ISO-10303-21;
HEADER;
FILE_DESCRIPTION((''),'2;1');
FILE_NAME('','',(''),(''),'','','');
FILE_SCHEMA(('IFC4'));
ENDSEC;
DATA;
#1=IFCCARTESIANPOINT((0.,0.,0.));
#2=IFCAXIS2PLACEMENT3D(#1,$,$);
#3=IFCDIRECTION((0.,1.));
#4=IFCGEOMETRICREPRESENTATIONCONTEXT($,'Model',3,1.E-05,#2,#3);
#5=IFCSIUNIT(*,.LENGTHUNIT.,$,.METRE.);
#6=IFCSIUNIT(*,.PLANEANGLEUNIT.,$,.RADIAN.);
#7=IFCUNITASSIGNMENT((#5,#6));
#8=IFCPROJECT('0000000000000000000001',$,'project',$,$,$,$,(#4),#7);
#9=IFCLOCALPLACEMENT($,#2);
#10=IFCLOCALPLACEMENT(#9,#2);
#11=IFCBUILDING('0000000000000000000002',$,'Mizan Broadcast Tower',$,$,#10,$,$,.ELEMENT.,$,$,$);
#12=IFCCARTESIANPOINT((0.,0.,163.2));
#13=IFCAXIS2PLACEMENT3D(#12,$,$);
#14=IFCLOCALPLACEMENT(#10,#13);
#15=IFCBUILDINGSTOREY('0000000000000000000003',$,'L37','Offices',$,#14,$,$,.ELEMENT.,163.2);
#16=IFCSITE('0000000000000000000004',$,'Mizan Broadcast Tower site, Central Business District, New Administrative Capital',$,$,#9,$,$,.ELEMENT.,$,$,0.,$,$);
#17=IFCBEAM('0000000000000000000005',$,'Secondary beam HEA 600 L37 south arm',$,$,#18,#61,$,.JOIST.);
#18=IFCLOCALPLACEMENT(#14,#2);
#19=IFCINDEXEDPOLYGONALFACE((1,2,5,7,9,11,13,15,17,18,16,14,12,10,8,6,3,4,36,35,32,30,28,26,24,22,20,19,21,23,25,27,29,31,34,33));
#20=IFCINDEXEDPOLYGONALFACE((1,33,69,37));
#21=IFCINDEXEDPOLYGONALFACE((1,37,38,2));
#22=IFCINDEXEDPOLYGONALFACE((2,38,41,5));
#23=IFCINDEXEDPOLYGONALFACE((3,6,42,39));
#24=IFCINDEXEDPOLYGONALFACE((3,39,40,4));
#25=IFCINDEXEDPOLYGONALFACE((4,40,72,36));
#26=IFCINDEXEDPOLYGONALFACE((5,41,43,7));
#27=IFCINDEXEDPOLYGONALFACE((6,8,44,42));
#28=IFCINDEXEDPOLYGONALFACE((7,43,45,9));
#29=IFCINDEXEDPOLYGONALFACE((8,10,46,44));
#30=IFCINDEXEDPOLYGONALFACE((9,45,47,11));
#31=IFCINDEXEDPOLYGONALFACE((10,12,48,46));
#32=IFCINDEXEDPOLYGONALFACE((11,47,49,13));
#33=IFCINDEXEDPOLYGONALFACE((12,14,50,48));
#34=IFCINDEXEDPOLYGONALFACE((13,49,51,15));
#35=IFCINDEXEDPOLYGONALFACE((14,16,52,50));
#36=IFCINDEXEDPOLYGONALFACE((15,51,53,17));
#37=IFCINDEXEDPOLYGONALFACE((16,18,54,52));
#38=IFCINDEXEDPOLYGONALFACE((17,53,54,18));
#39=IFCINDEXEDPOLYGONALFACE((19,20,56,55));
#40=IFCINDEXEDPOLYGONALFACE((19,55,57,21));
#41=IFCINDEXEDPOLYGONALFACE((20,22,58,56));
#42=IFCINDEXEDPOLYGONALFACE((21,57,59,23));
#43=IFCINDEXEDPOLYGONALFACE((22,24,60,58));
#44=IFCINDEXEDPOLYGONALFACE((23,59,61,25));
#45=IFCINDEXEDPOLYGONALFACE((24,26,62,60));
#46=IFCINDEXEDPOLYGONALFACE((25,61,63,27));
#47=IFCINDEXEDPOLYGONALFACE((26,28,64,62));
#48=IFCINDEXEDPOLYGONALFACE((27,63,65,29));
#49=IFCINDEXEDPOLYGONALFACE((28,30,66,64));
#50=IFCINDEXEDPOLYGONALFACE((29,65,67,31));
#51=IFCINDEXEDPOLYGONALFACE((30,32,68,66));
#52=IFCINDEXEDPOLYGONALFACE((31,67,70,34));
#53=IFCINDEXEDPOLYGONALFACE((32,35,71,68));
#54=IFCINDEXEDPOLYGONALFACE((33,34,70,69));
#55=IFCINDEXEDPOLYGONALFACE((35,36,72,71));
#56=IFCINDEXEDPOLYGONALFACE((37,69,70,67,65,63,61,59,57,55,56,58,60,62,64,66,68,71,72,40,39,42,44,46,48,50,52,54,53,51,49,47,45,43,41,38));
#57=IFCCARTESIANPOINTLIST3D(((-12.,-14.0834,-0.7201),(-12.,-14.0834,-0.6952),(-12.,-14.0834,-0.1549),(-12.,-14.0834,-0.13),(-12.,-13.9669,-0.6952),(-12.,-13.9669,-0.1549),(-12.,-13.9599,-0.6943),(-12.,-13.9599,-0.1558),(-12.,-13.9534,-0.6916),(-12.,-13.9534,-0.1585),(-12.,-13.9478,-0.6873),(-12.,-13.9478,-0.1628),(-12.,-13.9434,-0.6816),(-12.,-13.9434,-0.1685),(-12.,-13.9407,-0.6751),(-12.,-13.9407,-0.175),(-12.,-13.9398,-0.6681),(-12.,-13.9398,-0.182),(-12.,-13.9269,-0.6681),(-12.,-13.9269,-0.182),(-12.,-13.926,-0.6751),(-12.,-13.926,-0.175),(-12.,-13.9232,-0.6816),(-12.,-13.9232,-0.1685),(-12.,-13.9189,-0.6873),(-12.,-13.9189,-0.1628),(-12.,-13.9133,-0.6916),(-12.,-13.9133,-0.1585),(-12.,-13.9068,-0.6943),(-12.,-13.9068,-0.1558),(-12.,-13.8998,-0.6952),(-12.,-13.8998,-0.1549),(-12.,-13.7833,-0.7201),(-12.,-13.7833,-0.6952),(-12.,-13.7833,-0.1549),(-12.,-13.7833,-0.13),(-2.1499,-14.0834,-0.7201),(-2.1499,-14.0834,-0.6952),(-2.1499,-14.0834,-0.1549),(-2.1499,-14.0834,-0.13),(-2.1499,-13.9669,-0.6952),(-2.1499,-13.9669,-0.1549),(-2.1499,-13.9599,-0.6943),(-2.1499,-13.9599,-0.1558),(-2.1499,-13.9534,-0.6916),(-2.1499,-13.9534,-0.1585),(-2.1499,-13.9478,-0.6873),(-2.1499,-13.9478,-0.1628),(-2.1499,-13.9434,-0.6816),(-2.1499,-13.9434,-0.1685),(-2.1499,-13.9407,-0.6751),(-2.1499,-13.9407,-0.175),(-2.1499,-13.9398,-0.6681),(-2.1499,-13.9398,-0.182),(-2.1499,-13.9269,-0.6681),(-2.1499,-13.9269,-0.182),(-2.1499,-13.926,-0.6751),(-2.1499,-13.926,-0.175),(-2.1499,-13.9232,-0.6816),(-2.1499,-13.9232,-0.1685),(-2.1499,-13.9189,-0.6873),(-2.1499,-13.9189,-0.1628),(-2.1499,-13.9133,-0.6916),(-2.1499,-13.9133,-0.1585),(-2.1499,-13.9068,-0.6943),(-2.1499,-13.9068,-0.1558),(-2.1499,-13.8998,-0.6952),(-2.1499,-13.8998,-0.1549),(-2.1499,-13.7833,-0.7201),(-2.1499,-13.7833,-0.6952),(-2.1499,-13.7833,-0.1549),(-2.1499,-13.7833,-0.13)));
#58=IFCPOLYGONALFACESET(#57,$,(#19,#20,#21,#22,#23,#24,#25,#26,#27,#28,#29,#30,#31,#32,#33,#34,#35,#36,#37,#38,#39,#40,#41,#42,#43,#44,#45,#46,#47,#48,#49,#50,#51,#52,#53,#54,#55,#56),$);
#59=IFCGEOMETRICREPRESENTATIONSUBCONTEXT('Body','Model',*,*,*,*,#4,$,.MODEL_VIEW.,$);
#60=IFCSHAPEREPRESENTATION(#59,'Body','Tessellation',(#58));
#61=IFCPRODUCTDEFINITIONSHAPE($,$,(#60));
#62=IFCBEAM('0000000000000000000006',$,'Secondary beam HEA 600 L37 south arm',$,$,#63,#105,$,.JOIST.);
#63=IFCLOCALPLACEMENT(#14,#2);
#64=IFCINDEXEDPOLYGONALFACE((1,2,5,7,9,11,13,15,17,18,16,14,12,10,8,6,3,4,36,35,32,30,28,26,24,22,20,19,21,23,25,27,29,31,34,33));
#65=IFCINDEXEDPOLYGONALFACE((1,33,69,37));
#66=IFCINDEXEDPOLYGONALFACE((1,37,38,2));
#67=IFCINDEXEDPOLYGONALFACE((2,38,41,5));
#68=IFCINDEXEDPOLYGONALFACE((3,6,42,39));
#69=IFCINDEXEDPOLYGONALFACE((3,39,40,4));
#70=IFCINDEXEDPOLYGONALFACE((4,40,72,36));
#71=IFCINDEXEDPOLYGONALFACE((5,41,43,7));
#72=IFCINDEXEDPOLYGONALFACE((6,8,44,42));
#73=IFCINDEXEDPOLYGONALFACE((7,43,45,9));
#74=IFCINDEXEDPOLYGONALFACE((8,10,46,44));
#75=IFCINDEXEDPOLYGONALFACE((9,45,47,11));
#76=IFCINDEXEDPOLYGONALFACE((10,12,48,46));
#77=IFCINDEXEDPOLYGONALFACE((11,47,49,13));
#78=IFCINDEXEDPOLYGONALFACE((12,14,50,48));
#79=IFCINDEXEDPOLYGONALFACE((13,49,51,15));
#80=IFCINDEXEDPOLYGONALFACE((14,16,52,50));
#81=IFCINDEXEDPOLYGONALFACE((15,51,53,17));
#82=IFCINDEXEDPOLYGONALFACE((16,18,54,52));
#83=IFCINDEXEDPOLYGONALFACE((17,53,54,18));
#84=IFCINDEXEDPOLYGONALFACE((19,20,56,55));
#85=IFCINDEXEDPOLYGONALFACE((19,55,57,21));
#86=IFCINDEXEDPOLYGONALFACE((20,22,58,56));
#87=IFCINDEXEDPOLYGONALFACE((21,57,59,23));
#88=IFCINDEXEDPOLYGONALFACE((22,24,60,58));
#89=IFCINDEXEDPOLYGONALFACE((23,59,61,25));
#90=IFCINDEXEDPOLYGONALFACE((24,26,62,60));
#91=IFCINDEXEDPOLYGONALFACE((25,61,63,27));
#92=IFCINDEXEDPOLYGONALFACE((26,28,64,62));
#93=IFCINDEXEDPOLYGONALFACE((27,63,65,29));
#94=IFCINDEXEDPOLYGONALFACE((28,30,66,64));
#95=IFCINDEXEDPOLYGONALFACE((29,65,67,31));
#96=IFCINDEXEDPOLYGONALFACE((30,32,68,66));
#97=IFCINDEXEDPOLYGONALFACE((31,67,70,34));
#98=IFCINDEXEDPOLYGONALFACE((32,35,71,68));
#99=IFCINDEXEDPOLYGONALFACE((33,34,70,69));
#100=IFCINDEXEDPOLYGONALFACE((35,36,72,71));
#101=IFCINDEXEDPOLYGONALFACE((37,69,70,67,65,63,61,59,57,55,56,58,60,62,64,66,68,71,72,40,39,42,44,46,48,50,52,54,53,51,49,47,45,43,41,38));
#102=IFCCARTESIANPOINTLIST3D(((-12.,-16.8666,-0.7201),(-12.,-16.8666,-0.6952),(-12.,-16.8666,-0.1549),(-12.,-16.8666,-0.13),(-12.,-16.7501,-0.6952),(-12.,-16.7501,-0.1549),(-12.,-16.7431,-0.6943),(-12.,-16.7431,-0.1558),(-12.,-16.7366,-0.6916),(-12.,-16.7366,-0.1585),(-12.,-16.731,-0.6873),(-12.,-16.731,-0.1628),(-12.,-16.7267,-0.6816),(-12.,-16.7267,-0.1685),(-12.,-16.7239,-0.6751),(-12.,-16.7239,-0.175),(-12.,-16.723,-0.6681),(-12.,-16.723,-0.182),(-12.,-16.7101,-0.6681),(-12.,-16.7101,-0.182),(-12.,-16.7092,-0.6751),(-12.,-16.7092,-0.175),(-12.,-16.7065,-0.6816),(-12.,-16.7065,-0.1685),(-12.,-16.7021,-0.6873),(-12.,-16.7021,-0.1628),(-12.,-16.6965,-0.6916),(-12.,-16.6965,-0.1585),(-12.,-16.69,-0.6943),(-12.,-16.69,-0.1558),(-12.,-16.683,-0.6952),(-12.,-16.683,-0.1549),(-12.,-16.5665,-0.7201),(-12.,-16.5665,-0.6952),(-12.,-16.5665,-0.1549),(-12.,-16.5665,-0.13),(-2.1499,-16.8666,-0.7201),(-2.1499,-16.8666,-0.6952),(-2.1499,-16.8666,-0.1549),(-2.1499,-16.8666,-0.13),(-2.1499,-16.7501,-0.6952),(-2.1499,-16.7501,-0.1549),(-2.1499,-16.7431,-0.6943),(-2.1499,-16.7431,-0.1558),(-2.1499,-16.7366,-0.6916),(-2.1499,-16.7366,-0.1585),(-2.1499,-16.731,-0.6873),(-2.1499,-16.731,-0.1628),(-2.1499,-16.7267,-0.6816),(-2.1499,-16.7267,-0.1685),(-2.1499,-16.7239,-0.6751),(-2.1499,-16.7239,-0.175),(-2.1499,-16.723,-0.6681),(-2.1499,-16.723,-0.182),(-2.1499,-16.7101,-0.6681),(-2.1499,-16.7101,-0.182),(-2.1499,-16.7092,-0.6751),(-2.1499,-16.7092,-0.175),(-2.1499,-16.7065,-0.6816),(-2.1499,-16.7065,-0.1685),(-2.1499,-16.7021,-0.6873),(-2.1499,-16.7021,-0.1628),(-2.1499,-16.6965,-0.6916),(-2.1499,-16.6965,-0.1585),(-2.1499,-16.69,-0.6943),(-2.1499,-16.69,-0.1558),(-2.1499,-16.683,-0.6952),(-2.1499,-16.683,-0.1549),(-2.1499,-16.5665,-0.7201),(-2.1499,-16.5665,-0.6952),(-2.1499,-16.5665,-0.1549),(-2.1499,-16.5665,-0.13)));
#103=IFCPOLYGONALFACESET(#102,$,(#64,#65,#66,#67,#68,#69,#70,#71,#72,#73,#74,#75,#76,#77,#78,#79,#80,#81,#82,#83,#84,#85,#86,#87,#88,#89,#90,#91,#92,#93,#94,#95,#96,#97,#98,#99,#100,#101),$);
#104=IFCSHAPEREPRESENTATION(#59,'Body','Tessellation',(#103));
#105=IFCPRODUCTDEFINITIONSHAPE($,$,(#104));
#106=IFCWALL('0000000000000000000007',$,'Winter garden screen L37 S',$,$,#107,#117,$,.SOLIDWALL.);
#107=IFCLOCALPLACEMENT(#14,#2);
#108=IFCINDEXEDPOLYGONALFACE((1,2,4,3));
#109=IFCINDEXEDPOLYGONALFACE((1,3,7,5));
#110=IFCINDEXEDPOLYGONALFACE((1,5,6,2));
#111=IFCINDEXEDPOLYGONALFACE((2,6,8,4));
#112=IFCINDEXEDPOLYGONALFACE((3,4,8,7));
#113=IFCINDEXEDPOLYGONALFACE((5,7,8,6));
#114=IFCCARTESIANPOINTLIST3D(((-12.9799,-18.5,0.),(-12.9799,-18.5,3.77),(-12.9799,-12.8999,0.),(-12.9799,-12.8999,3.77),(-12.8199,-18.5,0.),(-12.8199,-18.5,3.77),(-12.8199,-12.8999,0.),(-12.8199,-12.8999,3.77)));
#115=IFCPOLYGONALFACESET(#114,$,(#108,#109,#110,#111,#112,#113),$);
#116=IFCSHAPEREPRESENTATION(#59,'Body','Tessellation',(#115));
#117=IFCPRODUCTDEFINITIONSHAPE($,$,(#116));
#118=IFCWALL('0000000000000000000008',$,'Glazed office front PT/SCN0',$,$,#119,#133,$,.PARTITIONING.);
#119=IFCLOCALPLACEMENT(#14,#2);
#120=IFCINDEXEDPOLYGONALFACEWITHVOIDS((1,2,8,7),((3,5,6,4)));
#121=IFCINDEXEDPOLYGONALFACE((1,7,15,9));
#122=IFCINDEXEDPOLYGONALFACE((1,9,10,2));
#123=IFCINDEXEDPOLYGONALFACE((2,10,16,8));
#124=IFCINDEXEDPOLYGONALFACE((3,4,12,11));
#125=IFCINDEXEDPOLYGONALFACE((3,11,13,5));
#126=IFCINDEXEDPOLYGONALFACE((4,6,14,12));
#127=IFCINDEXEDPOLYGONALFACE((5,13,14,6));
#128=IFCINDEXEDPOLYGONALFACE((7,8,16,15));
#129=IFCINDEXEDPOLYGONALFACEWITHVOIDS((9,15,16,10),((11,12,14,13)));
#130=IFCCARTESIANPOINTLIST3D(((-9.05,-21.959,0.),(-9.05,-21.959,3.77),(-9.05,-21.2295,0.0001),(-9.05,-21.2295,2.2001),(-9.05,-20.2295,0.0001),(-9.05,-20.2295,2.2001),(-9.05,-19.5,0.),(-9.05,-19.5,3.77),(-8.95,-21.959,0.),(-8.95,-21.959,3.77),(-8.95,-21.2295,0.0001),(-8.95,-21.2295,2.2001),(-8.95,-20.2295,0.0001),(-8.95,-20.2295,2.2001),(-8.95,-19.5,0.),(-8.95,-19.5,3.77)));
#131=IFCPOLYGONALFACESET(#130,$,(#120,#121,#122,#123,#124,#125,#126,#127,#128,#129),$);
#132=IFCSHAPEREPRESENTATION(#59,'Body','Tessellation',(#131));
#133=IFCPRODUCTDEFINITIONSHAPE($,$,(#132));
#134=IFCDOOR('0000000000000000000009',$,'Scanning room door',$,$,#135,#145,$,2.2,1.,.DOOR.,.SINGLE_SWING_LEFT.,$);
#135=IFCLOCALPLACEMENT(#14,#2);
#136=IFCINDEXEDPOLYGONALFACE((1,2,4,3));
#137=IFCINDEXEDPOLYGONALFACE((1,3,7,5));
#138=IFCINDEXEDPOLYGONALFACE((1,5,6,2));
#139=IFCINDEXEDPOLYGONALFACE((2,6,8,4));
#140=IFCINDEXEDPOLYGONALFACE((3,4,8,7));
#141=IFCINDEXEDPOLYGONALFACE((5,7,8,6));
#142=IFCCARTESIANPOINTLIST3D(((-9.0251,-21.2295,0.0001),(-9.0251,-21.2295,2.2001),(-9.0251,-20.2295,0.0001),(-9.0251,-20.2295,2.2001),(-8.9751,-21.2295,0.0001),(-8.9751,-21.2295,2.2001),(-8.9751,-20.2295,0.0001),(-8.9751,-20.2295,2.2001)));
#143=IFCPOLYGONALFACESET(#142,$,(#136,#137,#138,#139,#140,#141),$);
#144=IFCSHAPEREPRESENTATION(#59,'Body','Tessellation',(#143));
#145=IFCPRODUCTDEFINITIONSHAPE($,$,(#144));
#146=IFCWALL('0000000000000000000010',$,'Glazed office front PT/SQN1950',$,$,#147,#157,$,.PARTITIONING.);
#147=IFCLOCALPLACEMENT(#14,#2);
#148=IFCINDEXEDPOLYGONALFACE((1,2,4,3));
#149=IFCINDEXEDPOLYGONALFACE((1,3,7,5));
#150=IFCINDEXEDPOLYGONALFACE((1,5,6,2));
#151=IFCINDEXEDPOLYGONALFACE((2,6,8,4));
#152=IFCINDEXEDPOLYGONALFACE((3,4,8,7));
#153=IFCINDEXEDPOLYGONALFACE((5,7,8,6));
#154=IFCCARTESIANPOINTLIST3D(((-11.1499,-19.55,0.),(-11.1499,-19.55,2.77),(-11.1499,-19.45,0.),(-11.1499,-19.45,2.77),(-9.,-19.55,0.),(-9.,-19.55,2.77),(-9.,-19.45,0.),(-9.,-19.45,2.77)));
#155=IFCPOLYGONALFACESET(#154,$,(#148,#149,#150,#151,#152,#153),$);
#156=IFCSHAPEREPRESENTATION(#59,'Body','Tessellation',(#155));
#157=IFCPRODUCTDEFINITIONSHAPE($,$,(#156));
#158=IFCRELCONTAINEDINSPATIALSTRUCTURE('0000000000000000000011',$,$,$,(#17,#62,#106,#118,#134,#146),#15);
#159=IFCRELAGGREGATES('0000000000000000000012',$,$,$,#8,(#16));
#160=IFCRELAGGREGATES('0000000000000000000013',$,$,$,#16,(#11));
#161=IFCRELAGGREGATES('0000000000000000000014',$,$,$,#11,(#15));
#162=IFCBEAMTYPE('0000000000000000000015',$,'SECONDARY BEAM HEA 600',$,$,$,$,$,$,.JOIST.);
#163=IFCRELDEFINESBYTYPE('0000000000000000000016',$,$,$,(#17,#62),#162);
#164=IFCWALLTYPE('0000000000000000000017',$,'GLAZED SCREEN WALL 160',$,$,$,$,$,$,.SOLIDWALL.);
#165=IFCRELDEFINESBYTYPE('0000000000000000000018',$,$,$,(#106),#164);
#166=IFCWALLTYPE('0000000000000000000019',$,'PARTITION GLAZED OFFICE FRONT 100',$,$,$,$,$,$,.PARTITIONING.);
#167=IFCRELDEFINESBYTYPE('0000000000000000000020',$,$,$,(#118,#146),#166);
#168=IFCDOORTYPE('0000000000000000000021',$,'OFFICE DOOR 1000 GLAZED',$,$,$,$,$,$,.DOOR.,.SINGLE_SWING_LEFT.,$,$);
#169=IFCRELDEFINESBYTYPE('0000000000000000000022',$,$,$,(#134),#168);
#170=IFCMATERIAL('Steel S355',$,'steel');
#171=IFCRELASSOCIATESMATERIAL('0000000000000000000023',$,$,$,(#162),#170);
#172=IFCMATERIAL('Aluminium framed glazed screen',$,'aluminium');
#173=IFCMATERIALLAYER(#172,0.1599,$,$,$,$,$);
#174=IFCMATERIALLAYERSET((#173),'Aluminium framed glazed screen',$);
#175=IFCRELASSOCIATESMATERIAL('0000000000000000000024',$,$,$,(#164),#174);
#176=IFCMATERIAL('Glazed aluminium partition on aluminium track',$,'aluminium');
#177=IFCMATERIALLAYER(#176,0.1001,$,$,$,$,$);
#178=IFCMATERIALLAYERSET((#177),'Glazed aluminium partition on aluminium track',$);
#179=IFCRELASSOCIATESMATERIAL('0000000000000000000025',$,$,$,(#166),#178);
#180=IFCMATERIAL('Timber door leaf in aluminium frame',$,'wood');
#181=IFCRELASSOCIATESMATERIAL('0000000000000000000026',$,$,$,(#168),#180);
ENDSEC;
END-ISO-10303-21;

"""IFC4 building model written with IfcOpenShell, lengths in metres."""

from ifc_helpers import new_model, si_unit, direction, frame, frame_2d, origin, origin_2d, place, context, subcontext, project, spatial, rectangle, i_section, extrude, material, layer, layer_set, material_profile, profile_set, type_object, element, fill, save


model = new_model("IFC4")

# Units and contexts
model_context = context("Model", 3, precision=1e-05, world=origin(), true_north=direction((0.0, 1.0)))
body_context = subcontext(model_context, "Body", "Model", "MODEL_VIEW")
ifc_project = project(units=[si_unit("LENGTHUNIT", "METRE"), si_unit("PLANEANGLEUNIT", "RADIAN")], contexts=[model_context])

# Site, building, storey
site_placement = place(None, origin())
site = spatial("IfcSite", under=ifc_project, at=site_placement, Name="Mizan Broadcast Tower site, Central Business District, New Administrative Capital", CompositionType="ELEMENT", RefElevation=0.0)
building_placement = place(site_placement, origin())
building = spatial("IfcBuilding", under=site, at=building_placement, Name="Mizan Broadcast Tower", CompositionType="ELEMENT")
storey_placement = place(building_placement, frame((0.0, 0.0, 163.2)))
storey = spatial("IfcBuildingStorey", under=building, at=storey_placement, Name="L37", Description="Offices", CompositionType="ELEMENT", Elevation=163.2)

# Beams
ifc_material_1 = material(Name="Steel S355", Category="steel")
ifc_material_profile_1 = material_profile(ifc_material_1, i_section(OverallWidth=0.3, OverallDepth=0.5901, WebThickness=0.0129, FlangeThickness=0.0249, FilletRadius=0.0271, at=origin_2d()), Name="HEA 600")
ifc_profile_set_1 = profile_set([ifc_material_profile_1], Name="Steel S355")
beam_type_1 = type_object("IfcBeamType", Name="SECONDARY BEAM HEA 600", PredefinedType="JOIST", material=ifc_profile_set_1)
for number, where, z_axis, x_axis, name in (
    (1, (-12.0, -13.9333, -0.425), (1.0, 0.0, 0.0), (0.0, 1.0, 0.0), "Secondary beam HEA 600 L37 south arm"),
    (2, (-12.0, -16.7166, -0.425), (1.0, 0.0, 0.0), (0.0, 1.0, 0.0), "Secondary beam HEA 600 L37 south arm"),
):
    element("IfcBeam", number, at=place(storey_placement, frame(where, z_axis=z_axis, x_axis=x_axis)), inside=storey, type_object=beam_type_1, Name=name, PredefinedType="JOIST", context=body_context, shape_type="SweptSolid", body=[
        extrude(i_section(OverallWidth=0.3, OverallDepth=0.5901, WebThickness=0.0129, FlangeThickness=0.0249, FilletRadius=0.0271, at=origin_2d()), origin(), (0.0, 0.0, 1.0), 9.8501),
    ])

# Wall
ifc_material_2 = material(Name="Aluminium framed glazed screen", Category="aluminium")
ifc_layer_1 = layer(ifc_material_2, 0.1599)
ifc_layer_set_1 = layer_set([ifc_layer_1], Name="Aluminium framed glazed screen")
wall_type_1 = type_object("IfcWallType", Name="GLAZED SCREEN WALL 160", PredefinedType="SOLIDWALL", material=ifc_layer_set_1)
wall_1_placement = place(storey_placement, frame((-12.8999, -12.8999, 0.0), z_axis=(0.0, 0.0, 1.0), x_axis=(0.0, -1.0, 0.0)))
element("IfcWall", 3, at=wall_1_placement, inside=storey, type_object=wall_type_1, Name="Winter garden screen L37 S", PredefinedType="SOLIDWALL", context=body_context, shape_type="SweptSolid", body=[
    extrude(rectangle(XDim=5.6001, YDim=0.1599, at=frame_2d((2.8, 0.0))), origin(), (0.0, 0.0, 1.0), 3.77),
])

# Wall, opening, door
ifc_material_3 = material(Name="Glazed aluminium partition on aluminium track", Category="aluminium")
ifc_layer_2 = layer(ifc_material_3, 0.1001)
ifc_layer_set_2 = layer_set([ifc_layer_2], Name="Glazed aluminium partition on aluminium track")
wall_type_2 = type_object("IfcWallType", Name="PARTITION GLAZED OFFICE FRONT 100", PredefinedType="PARTITIONING", material=ifc_layer_set_2)
wall_2_placement = place(storey_placement, frame((-9.0, -19.5, 0.0), z_axis=(0.0, 0.0, 1.0), x_axis=(0.0, -1.0, 0.0)))
wall_2 = element("IfcWall", 4, at=wall_2_placement, inside=storey, type_object=wall_type_2, Name="Glazed office front PT/SCN0", PredefinedType="PARTITIONING", context=body_context, shape_type="SweptSolid", body=[
    extrude(rectangle(XDim=2.459, YDim=0.1001, at=frame_2d((1.2295, 0.0))), origin(), (0.0, 0.0, 1.0), 3.77),
])
opening_placement = place(wall_2_placement, frame((0.7295, 0.0, 0.0)))
opening = element("IfcOpeningElement", 5, at=opening_placement, cuts=wall_2, PredefinedType="OPENING", context=body_context, shape_type="SweptSolid", body=[
    extrude(rectangle(XDim=1.0, YDim=2.2, at=frame_2d((0.5, 1.1001))), frame((0.0, 0.0601, 0.0), z_axis=(0.0, -1.0, 0.0), x_axis=(1.0, 0.0, 0.0)), (0.0, 0.0, 1.0), 0.1201),
])
ifc_material_4 = material(Name="Timber door leaf in aluminium frame", Category="wood")
door_type = type_object("IfcDoorType", Name="OFFICE DOOR 1000 GLAZED", OperationType="SINGLE_SWING_LEFT", PredefinedType="DOOR", material=ifc_material_4)
door_placement = place(opening_placement, origin())
door = element("IfcDoor", 6, at=door_placement, inside=storey, type_object=door_type, Name="Scanning room door", OperationType="SINGLE_SWING_LEFT", OverallHeight=2.2, OverallWidth=1.0, PredefinedType="DOOR", context=body_context, shape_type="SweptSolid", body=[
    extrude(rectangle(XDim=1.0, YDim=2.2, at=frame_2d((0.5, 1.1001))), frame((0.0, 0.0249, 0.0), z_axis=(0.0, -1.0, 0.0), x_axis=(1.0, 0.0, 0.0)), (0.0, 0.0, 1.0), 0.05),
])
fill(opening, door)

# Wall
wall_3_placement = place(storey_placement, frame((-9.0, -19.5, 0.0), z_axis=(0.0, 0.0, 1.0), x_axis=(-1.0, 0.0, 0.0)))
element("IfcWall", 7, at=wall_3_placement, inside=storey, type_object=wall_type_2, Name="Glazed office front PT/SQN1950", PredefinedType="PARTITIONING", context=body_context, shape_type="SweptSolid", body=[
    extrude(rectangle(XDim=2.1499, YDim=0.1001, at=frame_2d((1.075, 0.0))), origin(), (0.0, 0.0, 1.0), 2.77),
])

save(model, "model.ifc")
